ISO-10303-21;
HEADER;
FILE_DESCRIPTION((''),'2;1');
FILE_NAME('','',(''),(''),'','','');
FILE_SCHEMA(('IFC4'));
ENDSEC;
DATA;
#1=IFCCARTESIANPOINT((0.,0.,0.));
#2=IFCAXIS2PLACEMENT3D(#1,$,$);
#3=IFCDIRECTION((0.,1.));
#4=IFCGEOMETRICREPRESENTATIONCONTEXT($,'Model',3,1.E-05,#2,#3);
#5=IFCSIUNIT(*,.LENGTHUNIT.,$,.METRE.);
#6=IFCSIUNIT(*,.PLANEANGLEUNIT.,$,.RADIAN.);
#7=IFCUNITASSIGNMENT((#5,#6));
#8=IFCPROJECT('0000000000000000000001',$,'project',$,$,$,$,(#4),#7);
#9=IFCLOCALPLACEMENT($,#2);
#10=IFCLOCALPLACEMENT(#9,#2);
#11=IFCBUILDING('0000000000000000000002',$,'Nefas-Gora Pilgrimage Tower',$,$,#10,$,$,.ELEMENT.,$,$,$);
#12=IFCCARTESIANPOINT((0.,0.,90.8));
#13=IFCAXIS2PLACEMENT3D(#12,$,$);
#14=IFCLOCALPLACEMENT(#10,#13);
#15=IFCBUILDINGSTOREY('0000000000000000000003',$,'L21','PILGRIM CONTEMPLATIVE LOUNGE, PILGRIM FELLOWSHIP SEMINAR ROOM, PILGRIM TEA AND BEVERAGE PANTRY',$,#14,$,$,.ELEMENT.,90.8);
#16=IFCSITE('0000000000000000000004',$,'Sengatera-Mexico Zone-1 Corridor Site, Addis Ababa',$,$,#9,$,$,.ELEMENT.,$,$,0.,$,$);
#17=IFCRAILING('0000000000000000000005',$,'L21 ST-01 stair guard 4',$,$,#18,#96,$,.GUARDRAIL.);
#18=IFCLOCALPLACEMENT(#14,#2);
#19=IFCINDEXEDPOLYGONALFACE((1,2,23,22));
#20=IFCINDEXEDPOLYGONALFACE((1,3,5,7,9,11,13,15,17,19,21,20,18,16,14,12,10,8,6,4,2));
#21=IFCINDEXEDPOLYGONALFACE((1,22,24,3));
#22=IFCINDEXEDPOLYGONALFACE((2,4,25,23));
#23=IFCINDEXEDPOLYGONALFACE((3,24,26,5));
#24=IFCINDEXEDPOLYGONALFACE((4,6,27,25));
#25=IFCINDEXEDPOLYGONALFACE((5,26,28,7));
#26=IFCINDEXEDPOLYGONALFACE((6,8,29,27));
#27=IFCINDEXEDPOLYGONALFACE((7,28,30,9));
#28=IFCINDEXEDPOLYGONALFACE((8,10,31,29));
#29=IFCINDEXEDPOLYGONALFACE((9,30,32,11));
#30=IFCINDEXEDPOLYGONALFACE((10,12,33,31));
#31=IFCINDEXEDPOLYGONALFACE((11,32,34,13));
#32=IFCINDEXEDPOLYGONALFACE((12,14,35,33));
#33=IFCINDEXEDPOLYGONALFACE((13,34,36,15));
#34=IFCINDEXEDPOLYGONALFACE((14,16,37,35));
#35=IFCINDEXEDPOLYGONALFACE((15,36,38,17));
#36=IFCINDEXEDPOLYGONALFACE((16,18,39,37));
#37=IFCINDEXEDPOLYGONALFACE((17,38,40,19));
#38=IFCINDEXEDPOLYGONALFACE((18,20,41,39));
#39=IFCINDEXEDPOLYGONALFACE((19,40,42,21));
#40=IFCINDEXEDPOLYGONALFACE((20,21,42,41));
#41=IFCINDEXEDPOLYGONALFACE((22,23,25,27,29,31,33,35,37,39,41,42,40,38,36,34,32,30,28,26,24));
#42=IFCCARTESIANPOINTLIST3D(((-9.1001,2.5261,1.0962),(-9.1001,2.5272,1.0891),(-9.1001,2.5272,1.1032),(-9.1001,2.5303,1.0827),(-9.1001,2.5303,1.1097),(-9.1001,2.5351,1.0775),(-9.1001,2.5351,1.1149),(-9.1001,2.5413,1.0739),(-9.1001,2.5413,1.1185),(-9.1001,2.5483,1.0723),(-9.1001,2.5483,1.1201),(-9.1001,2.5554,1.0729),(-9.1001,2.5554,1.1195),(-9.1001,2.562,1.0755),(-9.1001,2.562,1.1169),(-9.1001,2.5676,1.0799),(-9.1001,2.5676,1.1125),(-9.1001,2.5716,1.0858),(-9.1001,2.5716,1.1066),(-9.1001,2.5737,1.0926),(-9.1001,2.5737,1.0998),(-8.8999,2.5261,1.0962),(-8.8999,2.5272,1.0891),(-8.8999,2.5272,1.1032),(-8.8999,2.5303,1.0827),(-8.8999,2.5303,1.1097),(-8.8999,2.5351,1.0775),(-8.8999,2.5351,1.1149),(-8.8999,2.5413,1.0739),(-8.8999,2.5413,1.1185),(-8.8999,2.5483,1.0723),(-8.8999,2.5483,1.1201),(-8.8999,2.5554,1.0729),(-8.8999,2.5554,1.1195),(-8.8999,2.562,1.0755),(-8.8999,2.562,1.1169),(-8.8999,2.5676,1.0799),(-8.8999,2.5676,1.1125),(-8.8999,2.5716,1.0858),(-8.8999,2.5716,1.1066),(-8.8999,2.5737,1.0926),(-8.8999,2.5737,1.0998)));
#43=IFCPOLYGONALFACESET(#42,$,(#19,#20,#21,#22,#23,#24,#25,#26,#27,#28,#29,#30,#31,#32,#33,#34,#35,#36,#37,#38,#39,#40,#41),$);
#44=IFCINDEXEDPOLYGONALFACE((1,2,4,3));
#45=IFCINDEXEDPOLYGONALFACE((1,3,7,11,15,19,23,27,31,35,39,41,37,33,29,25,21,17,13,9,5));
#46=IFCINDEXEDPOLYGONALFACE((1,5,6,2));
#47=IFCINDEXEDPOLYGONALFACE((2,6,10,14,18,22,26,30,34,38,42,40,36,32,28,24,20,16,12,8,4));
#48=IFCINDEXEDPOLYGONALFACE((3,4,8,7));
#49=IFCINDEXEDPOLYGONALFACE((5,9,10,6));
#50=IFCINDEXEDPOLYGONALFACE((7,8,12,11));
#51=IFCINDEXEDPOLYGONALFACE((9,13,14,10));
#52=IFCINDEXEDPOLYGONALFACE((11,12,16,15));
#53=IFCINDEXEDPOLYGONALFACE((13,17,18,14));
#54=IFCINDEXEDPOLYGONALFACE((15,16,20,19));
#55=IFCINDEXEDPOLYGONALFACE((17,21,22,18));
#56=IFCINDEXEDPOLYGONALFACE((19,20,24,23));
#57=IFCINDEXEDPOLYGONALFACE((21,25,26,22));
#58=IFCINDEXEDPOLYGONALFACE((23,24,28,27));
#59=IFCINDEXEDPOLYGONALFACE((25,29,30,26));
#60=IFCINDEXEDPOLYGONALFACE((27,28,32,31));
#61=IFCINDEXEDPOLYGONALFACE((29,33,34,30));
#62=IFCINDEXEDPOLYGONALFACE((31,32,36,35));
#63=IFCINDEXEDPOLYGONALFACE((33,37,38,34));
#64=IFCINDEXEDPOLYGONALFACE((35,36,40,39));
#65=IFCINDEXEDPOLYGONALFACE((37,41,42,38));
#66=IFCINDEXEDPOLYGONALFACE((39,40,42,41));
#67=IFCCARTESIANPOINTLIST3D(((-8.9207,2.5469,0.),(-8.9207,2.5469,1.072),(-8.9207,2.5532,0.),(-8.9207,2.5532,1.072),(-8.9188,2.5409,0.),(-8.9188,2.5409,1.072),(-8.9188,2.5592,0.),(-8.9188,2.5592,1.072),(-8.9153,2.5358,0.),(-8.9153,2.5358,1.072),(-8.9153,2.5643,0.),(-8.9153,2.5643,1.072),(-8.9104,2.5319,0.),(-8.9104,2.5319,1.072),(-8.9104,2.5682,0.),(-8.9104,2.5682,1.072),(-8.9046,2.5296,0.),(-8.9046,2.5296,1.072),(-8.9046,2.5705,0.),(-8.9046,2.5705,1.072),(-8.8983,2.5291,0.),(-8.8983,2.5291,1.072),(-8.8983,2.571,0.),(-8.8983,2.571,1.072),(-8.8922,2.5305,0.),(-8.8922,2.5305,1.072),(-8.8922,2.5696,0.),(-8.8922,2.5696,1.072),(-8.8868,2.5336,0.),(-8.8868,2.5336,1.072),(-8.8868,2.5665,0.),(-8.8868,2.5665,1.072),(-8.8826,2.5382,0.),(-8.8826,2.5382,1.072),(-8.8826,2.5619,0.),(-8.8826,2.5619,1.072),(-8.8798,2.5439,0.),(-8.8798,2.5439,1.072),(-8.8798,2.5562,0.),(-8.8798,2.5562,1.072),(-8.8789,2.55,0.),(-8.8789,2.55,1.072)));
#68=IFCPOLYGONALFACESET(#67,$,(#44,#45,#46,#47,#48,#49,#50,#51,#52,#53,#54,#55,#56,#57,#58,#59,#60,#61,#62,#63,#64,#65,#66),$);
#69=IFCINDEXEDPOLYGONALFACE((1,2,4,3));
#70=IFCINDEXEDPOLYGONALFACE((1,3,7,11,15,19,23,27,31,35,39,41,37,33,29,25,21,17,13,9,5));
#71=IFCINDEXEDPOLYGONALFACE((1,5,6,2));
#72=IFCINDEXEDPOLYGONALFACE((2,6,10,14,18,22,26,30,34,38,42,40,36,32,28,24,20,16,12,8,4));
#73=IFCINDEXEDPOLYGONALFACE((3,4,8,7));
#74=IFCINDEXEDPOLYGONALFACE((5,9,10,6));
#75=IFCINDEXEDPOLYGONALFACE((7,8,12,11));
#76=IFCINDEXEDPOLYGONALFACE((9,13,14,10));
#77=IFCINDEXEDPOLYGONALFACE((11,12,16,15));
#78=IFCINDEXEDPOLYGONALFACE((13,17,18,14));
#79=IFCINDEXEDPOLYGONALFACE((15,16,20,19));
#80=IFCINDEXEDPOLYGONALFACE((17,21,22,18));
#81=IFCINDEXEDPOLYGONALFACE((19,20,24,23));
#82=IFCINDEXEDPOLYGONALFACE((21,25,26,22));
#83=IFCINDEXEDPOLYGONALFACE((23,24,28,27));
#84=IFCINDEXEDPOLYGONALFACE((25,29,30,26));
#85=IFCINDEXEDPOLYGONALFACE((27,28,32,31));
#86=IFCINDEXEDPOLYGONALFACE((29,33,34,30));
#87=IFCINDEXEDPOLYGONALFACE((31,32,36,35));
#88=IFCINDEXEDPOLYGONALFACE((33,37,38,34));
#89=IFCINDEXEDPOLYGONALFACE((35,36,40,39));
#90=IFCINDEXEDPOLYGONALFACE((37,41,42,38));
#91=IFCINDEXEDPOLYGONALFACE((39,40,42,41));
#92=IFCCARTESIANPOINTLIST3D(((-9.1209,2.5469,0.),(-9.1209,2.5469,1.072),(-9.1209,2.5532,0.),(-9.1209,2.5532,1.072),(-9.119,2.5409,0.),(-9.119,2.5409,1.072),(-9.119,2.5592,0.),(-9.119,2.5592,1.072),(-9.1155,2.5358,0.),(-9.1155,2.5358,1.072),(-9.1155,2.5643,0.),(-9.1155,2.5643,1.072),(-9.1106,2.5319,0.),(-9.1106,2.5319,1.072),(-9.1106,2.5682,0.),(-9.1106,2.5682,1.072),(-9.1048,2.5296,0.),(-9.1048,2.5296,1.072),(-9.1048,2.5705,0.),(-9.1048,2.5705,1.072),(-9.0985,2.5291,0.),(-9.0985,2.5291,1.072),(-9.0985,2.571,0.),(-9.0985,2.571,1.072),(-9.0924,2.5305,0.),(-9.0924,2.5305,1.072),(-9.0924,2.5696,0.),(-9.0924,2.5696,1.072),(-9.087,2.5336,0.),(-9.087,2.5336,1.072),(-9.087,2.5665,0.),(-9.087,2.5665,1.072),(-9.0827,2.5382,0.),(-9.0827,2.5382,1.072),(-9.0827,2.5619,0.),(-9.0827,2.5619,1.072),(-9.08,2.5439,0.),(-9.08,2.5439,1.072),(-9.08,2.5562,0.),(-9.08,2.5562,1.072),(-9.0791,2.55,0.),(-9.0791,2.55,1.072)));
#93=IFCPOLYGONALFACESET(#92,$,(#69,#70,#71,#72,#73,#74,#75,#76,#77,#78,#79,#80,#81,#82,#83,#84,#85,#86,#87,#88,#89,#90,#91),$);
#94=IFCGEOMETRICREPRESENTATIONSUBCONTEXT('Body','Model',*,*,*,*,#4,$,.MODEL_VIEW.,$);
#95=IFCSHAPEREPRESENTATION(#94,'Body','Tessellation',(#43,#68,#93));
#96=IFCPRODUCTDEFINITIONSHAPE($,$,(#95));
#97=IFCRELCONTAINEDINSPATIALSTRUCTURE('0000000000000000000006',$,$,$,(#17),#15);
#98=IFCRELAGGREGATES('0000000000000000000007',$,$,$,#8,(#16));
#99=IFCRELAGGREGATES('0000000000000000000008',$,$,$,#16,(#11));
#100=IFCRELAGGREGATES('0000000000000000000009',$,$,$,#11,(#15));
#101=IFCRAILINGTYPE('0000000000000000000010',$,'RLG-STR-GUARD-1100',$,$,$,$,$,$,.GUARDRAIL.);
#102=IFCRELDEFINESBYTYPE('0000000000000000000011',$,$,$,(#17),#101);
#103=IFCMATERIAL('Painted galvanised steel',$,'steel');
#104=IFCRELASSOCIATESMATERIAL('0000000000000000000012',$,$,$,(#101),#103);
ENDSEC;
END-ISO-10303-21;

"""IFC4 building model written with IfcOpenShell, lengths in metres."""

from ifc_helpers import new_model, si_unit, direction, frame, origin, origin_2d, place, context, subcontext, project, spatial, circle, extrude, material, type_object, element, save


model = new_model("IFC4")

# Units and contexts
model_context = context("Model", 3, precision=1e-05, world=origin(), true_north=direction((0.0, 1.0)))
body_context = subcontext(model_context, "Body", "Model", "MODEL_VIEW")
ifc_project = project(units=[si_unit("LENGTHUNIT", "METRE"), si_unit("PLANEANGLEUNIT", "RADIAN")], contexts=[model_context])

# Site, building, storey
site_placement = place(None, origin())
site = spatial("IfcSite", under=ifc_project, at=site_placement, Name="Sengatera-Mexico Zone-1 Corridor Site, Addis Ababa", CompositionType="ELEMENT", RefElevation=0.0)
building_placement = place(site_placement, origin())
building = spatial("IfcBuilding", under=site, at=building_placement, Name="Nefas-Gora Pilgrimage Tower", CompositionType="ELEMENT")
storey_placement = place(building_placement, frame((0.0, 0.0, 90.8)))
storey = spatial("IfcBuildingStorey", under=building, at=storey_placement, Name="L21", Description="PILGRIM CONTEMPLATIVE LOUNGE, PILGRIM FELLOWSHIP SEMINAR ROOM, PILGRIM TEA AND BEVERAGE PANTRY", CompositionType="ELEMENT", Elevation=90.8)

# Railing
ifc_material_1 = material(Name="Painted galvanised steel", Category="steel")
railing_type_1 = type_object("IfcRailingType", Name="RLG-STR-GUARD-1100", PredefinedType="GUARDRAIL", material=ifc_material_1)
railing_1_placement = place(storey_placement, frame((-8.8999, 2.55, 0.0)))
element("IfcRailing", 1, at=railing_1_placement, inside=storey, type_object=railing_type_1, Name="L21 ST-01 stair guard 4", PredefinedType="GUARDRAIL", context=body_context, shape_type="SweptSolid", body=[
    extrude(circle(Radius=0.0239, at=origin_2d()), frame((0.0, 0.0, 1.0962), z_axis=(-1.0, 0.0, 0.0), x_axis=(0.0, -1.0, 0.0)), (0.0, 0.0, 1.0), 0.2002),
    extrude(circle(Radius=0.021, at=origin_2d()), origin(), (0.0, 0.0, 1.0), 1.072),
    extrude(circle(Radius=0.021, at=origin_2d()), frame((-0.2002, 0.0, 0.0)), (0.0, 0.0, 1.0), 1.072),
])

save(model, "model.ifc")
